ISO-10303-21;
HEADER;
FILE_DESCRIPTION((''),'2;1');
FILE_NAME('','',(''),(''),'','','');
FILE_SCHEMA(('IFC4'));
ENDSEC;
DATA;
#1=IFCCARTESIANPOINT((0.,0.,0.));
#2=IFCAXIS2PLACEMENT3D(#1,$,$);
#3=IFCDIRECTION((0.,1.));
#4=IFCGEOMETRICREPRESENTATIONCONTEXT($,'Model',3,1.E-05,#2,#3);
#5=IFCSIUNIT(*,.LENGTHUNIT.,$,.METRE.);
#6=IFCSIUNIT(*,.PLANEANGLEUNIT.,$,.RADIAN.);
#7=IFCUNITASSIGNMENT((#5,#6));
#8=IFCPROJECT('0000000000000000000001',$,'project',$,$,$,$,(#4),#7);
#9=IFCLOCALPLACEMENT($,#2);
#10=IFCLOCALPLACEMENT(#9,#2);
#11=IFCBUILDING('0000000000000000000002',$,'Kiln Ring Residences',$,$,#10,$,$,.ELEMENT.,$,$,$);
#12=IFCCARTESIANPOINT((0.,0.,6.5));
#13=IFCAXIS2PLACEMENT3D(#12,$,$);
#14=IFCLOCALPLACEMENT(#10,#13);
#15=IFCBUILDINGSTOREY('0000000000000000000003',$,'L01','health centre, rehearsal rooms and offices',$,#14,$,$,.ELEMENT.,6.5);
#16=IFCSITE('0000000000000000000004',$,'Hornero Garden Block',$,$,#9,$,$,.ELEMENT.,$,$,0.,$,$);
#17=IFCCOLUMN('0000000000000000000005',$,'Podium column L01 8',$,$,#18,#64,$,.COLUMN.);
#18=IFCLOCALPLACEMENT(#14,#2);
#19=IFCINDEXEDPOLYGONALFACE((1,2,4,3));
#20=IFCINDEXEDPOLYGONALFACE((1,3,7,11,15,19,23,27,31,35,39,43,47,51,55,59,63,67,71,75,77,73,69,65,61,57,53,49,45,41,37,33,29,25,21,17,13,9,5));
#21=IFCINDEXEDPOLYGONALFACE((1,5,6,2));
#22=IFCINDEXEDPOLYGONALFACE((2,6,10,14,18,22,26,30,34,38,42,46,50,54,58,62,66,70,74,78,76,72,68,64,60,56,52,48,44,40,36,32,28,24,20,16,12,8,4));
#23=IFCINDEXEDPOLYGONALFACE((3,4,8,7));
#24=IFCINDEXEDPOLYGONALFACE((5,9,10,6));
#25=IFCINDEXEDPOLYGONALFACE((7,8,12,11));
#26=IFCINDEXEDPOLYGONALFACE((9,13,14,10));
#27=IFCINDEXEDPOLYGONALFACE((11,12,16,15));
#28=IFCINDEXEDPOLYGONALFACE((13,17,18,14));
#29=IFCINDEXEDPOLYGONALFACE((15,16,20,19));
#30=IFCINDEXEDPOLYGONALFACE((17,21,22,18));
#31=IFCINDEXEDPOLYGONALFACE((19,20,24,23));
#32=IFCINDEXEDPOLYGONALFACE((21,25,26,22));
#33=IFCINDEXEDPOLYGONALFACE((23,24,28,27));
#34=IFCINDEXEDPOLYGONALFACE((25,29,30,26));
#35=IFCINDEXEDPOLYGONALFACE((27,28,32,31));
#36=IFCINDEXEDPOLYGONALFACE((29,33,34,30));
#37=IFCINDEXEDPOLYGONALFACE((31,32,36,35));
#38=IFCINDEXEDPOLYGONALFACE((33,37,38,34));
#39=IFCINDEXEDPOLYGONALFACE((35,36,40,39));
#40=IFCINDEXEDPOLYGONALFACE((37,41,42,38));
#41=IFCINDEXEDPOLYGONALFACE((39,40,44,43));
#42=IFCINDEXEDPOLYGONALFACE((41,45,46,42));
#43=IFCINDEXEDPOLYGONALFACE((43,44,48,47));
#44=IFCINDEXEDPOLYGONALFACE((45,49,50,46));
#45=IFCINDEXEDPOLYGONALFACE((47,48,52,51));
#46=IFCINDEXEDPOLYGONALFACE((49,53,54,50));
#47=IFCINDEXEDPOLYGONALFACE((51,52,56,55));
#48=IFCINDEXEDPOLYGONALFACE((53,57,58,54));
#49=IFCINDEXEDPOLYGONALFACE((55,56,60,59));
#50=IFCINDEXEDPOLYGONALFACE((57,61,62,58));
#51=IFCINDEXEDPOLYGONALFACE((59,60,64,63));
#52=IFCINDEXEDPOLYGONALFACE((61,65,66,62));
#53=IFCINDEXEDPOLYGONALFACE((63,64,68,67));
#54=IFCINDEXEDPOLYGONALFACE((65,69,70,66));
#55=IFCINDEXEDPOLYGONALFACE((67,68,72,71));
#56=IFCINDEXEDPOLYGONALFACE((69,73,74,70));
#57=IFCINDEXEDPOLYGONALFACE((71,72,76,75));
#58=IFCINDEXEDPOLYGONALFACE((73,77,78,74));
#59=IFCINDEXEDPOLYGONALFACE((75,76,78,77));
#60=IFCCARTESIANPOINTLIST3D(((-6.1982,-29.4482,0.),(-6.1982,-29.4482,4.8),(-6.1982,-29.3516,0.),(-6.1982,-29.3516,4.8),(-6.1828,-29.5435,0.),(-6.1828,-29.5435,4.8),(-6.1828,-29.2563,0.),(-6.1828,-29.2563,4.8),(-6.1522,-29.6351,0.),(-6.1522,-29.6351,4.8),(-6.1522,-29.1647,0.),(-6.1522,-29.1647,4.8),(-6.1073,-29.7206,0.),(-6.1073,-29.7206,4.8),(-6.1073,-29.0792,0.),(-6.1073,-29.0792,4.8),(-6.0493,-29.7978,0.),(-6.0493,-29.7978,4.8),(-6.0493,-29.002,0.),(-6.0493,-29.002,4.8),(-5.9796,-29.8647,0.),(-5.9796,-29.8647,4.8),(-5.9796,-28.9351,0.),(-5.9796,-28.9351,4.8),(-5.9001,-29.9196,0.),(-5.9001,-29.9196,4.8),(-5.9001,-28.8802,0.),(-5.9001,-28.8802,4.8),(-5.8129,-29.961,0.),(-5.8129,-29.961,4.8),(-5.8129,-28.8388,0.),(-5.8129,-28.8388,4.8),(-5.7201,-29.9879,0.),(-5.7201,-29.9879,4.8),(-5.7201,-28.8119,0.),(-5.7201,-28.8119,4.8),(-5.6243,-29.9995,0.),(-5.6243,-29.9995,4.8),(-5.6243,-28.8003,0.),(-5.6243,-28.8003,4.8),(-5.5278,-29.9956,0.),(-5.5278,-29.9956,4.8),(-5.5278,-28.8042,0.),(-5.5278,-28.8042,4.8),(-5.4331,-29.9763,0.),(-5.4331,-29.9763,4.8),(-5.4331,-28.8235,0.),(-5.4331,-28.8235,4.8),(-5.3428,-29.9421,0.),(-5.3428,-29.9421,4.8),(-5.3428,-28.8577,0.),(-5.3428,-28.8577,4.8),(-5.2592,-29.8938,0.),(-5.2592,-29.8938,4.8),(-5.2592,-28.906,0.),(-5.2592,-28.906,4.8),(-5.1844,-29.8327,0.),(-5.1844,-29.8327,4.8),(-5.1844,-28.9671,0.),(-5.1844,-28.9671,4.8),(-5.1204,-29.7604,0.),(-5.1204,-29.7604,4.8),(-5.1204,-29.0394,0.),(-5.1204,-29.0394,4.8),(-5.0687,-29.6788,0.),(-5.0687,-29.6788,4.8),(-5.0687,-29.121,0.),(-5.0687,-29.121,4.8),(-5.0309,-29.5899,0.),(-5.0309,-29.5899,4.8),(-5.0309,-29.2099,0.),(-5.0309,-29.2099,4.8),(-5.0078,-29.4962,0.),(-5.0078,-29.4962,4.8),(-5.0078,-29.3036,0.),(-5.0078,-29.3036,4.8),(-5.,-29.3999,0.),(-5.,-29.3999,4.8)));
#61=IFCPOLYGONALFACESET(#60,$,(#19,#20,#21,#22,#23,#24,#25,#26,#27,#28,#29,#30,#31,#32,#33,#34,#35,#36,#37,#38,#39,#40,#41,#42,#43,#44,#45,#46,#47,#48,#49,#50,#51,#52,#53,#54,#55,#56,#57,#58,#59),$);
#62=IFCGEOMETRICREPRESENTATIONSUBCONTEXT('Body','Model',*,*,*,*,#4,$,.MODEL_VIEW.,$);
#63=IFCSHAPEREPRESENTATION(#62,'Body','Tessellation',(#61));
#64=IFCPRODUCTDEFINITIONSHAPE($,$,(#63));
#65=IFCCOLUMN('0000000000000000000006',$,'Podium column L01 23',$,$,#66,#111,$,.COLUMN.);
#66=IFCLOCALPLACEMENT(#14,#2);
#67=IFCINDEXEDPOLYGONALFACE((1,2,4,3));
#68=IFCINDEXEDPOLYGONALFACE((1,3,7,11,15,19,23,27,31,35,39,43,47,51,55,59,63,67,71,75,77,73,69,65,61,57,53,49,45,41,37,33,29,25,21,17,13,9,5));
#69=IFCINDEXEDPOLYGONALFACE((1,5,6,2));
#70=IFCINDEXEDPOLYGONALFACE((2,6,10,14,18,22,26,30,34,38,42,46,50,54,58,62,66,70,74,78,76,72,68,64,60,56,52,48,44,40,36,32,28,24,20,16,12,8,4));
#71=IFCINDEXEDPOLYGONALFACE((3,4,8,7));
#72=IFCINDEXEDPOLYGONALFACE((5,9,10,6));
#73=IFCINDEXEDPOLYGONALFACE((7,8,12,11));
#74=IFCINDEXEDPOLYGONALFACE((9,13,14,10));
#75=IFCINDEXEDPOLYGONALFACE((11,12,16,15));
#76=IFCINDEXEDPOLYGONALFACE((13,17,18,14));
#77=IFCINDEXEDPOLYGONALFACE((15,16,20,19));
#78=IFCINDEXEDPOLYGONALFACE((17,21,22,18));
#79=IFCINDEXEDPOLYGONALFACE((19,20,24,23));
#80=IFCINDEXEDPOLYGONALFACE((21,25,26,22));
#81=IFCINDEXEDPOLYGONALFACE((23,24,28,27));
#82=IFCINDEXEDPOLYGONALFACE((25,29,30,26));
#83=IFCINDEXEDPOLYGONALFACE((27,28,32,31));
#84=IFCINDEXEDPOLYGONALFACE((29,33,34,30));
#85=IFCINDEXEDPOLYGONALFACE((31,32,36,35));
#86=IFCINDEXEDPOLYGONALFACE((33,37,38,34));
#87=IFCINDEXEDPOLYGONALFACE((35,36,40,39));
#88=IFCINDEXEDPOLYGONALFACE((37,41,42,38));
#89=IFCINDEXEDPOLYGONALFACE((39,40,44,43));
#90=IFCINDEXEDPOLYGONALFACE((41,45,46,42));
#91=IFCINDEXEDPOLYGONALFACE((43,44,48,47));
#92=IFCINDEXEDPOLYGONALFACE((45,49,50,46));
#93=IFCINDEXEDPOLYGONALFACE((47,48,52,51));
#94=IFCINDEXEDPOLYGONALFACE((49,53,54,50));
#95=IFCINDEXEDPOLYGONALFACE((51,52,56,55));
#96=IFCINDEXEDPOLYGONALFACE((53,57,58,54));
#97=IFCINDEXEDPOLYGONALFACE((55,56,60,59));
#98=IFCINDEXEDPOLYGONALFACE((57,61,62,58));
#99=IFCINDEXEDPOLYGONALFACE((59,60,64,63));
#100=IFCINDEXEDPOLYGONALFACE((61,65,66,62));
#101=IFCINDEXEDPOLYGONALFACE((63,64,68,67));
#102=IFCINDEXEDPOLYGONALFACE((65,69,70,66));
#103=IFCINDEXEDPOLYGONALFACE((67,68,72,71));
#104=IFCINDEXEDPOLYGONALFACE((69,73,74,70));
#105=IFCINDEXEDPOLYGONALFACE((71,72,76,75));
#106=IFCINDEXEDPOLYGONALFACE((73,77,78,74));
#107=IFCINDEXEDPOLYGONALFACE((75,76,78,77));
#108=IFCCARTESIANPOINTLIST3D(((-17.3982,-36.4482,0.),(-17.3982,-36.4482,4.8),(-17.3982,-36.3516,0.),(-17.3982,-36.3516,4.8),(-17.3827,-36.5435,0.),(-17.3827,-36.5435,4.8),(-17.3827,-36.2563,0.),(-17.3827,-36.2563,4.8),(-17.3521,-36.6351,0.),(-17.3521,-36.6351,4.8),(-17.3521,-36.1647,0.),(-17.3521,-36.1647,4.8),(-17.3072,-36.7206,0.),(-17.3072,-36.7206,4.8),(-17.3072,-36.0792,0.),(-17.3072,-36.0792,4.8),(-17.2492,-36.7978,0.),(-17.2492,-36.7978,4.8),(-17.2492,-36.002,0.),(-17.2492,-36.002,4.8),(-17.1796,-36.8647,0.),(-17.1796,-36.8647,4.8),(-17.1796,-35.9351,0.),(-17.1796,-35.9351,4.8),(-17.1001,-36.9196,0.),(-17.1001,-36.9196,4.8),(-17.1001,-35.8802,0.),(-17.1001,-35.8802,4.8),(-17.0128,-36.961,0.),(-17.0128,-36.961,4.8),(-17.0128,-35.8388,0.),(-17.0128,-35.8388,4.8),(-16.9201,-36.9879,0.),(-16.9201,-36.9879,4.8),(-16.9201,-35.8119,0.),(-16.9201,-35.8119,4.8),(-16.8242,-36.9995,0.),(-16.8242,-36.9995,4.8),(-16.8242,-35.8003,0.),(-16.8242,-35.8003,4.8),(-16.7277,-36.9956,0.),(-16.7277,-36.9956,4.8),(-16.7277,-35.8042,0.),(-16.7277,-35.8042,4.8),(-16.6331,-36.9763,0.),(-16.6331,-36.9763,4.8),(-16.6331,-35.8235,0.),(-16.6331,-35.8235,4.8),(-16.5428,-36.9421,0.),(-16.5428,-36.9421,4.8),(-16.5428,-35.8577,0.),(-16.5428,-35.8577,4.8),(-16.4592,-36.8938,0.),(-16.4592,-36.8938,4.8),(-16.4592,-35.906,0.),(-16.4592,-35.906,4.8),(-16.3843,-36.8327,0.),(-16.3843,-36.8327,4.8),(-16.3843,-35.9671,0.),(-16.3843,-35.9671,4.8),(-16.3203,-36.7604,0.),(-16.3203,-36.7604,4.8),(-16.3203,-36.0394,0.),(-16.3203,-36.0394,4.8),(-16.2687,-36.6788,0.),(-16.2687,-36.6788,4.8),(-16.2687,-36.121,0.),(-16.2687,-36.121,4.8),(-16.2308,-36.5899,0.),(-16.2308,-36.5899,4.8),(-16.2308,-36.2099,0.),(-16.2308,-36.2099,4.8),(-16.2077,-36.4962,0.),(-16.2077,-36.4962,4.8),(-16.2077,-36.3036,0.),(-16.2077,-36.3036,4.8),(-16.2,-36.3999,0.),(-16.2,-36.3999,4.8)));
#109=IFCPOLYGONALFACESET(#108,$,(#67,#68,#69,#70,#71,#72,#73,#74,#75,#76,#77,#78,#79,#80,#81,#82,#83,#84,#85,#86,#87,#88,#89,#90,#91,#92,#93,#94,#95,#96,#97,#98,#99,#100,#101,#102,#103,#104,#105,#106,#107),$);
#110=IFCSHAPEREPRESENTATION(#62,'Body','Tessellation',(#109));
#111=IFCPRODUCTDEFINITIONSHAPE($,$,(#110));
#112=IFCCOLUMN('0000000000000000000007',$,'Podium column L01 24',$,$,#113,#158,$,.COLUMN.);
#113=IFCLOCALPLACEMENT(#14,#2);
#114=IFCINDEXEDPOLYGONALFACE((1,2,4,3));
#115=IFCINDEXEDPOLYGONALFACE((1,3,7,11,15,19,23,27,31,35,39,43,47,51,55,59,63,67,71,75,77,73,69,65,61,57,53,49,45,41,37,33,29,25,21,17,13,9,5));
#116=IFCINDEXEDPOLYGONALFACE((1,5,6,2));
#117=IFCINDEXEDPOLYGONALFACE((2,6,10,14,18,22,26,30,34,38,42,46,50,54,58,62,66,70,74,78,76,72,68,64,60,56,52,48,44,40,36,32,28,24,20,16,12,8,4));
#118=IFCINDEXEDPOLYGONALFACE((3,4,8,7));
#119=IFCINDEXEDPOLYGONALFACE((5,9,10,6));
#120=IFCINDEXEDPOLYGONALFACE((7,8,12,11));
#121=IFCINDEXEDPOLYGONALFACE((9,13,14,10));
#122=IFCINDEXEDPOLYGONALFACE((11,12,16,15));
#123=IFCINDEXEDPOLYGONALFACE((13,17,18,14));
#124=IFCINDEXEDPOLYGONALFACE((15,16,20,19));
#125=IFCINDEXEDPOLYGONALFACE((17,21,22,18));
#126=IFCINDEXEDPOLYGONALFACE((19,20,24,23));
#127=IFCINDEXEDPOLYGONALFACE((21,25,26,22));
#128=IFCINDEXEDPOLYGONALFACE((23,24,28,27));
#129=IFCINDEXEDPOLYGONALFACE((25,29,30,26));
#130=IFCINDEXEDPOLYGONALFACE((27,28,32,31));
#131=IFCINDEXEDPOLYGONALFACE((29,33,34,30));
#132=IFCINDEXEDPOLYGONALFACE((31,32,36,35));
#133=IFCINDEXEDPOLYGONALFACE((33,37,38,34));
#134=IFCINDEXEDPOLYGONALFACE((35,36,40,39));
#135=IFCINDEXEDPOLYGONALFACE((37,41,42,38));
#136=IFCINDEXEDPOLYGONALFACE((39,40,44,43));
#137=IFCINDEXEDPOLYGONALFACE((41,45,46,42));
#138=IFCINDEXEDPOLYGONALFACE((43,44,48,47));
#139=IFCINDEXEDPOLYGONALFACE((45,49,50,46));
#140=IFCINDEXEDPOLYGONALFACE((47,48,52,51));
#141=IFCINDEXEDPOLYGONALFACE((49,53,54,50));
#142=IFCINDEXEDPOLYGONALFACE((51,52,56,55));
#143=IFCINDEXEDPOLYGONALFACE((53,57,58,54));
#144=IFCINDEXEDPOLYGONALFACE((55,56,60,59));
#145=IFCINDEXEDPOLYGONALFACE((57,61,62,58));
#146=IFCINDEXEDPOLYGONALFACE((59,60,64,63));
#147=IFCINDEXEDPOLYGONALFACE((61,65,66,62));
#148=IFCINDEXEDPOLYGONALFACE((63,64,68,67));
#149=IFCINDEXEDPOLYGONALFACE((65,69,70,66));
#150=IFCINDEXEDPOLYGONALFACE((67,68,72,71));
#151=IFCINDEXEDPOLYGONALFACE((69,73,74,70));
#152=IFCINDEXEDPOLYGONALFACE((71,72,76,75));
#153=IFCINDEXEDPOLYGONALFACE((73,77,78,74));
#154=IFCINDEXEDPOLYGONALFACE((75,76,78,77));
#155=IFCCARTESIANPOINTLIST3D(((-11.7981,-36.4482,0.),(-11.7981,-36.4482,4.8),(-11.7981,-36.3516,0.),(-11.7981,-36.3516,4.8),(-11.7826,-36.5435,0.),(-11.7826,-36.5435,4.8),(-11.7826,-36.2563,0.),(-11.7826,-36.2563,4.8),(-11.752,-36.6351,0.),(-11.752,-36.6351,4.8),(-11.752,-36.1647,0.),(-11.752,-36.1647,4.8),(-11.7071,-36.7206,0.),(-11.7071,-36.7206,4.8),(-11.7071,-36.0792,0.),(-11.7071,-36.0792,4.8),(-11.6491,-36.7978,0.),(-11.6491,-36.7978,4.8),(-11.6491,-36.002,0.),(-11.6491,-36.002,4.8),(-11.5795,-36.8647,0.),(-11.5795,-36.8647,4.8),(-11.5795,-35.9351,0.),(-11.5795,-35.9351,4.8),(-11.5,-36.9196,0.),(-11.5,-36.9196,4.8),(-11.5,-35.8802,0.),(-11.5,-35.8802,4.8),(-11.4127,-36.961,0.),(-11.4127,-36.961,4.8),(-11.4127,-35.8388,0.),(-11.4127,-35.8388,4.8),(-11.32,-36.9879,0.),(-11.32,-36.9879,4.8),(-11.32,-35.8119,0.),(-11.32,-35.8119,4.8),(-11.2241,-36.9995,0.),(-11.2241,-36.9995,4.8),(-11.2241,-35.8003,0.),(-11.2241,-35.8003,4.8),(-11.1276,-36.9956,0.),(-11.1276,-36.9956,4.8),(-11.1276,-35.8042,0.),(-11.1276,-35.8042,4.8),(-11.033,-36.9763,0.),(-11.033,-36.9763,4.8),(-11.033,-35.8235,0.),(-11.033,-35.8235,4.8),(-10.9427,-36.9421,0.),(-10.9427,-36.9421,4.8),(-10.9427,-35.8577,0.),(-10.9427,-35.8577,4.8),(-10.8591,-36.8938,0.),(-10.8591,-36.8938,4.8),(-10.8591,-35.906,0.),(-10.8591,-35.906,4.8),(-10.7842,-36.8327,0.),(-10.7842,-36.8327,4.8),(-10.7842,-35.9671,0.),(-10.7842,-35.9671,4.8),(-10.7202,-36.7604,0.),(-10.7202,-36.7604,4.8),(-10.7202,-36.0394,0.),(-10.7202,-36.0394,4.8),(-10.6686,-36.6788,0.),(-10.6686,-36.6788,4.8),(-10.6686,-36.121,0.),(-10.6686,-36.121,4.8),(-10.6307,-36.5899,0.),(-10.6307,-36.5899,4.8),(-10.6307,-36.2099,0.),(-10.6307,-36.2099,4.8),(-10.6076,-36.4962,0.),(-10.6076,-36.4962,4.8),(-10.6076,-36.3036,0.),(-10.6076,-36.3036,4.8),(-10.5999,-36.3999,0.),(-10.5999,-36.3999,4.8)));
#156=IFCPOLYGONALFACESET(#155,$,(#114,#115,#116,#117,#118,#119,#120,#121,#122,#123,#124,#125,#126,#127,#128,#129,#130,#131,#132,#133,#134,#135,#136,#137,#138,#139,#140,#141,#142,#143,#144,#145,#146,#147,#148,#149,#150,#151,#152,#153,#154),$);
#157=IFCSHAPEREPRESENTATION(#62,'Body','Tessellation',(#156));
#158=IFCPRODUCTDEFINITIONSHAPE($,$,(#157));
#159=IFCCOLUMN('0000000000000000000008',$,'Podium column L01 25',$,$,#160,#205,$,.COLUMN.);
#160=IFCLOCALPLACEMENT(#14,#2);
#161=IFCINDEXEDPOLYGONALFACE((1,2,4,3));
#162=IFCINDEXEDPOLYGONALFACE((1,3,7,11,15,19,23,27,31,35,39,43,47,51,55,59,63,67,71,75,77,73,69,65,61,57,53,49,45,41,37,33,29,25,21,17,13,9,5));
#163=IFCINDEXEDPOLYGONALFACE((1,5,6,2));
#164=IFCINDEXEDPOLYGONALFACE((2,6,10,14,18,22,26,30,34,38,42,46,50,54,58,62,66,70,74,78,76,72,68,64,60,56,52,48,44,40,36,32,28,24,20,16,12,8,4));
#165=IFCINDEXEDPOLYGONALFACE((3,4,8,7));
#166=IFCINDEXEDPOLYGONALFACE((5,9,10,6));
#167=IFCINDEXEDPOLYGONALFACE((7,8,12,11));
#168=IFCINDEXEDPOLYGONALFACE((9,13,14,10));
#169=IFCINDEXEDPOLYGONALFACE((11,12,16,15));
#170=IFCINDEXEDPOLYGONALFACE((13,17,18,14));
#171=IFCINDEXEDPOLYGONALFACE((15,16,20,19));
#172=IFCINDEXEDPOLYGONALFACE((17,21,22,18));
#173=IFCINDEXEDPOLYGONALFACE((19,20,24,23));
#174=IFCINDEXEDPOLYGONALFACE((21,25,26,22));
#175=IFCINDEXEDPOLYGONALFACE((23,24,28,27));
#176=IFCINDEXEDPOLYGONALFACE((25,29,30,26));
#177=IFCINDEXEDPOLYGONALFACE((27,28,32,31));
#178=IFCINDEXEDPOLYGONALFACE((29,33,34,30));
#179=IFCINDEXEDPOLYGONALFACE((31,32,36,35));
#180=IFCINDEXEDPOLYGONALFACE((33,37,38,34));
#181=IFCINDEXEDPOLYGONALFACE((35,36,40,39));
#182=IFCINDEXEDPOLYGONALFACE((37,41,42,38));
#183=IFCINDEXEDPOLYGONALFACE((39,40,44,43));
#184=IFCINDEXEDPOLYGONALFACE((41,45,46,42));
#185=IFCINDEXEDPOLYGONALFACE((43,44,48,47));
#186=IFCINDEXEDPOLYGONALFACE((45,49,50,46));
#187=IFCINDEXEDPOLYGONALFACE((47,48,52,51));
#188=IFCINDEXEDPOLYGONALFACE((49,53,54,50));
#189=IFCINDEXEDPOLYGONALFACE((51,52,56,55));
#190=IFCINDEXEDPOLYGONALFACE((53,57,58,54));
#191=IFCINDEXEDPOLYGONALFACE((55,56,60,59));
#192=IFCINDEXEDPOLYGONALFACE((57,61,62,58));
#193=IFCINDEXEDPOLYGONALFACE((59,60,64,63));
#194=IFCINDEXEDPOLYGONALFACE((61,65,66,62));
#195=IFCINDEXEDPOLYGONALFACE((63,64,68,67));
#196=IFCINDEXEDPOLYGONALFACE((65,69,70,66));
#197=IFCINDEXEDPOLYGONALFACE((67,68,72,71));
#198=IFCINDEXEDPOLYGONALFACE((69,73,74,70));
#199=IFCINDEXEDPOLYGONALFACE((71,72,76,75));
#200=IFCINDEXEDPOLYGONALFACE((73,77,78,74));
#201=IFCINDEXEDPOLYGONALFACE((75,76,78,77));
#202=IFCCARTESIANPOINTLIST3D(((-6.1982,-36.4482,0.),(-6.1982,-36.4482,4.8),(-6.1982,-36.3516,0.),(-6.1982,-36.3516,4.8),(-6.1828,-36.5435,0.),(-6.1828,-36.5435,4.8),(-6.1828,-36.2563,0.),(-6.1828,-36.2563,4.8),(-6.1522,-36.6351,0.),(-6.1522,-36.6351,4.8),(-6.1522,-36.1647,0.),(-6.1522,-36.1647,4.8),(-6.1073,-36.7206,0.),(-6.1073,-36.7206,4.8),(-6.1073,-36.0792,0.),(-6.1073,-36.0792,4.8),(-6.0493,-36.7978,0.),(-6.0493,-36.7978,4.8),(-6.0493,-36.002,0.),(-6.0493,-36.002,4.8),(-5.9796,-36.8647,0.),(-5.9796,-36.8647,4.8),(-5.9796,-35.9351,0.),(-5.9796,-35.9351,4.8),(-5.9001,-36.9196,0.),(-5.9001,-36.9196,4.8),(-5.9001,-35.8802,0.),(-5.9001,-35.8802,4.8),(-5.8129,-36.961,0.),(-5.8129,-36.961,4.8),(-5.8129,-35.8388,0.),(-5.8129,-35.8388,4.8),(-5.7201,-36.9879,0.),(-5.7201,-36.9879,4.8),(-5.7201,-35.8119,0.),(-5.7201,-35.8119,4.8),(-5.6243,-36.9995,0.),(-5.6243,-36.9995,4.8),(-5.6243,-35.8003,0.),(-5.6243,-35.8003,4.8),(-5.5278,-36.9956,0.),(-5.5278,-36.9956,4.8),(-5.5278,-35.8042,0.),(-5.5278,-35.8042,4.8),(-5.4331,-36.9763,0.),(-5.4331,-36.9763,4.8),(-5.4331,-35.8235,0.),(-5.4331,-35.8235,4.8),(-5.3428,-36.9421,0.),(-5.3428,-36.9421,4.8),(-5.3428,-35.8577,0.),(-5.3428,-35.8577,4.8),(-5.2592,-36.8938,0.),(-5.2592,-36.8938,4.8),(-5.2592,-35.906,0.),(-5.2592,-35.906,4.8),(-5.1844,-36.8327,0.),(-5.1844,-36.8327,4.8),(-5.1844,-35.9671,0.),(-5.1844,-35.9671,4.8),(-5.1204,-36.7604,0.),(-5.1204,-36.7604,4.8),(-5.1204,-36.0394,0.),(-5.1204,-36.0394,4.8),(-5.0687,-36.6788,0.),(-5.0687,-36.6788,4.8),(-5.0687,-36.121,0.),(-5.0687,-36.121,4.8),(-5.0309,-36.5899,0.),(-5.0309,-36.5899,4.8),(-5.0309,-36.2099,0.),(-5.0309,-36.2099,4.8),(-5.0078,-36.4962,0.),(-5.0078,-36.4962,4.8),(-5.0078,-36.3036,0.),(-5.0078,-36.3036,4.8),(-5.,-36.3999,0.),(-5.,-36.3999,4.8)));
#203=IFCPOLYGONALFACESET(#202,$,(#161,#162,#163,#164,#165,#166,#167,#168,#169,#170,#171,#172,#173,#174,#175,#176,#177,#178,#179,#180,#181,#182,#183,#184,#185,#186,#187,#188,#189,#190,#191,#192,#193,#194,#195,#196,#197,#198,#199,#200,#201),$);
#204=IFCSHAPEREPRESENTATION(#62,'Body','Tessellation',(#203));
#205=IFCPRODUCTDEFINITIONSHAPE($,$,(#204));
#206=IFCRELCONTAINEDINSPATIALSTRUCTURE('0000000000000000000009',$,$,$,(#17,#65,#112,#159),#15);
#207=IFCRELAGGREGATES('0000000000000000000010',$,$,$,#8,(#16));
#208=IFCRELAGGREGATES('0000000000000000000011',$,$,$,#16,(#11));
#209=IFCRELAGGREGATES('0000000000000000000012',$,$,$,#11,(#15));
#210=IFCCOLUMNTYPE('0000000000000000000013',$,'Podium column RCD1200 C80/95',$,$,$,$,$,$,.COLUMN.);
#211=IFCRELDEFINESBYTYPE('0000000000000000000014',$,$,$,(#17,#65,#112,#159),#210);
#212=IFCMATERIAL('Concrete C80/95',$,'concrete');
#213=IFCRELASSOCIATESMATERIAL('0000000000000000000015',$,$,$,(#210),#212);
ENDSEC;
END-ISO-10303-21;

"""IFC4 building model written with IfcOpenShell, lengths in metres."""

from ifc_helpers import new_model, si_unit, direction, frame, origin, origin_2d, place, context, subcontext, project, spatial, circle, extrude, material, material_profile, profile_set, type_object, element, save


model = new_model("IFC4")

# Units and contexts
model_context = context("Model", 3, precision=1e-05, world=origin(), true_north=direction((0.0, 1.0)))
body_context = subcontext(model_context, "Body", "Model", "MODEL_VIEW")
ifc_project = project(units=[si_unit("LENGTHUNIT", "METRE"), si_unit("PLANEANGLEUNIT", "RADIAN")], contexts=[model_context])

# Site, building, storey
site_placement = place(None, origin())
site = spatial("IfcSite", under=ifc_project, at=site_placement, Name="Hornero Garden Block", CompositionType="ELEMENT", RefElevation=0.0)
building_placement = place(site_placement, origin())
building = spatial("IfcBuilding", under=site, at=building_placement, Name="Kiln Ring Residences", CompositionType="ELEMENT")
storey_placement = place(building_placement, frame((0.0, 0.0, 6.5)))
storey = spatial("IfcBuildingStorey", under=building, at=storey_placement, Name="L01", Description="health centre, rehearsal rooms and offices", CompositionType="ELEMENT", Elevation=6.5)

# Columns
ifc_material_1 = material(Name="Concrete C80/95", Category="concrete")
ifc_material_profile = material_profile(ifc_material_1, circle(Radius=0.6001, at=origin_2d()), Name="RCD1200")
ifc_profile_set = profile_set([ifc_material_profile], Name="Concrete C80/95")
column_type = type_object("IfcColumnType", Name="Podium column RCD1200 C80/95", PredefinedType="COLUMN", material=ifc_profile_set)
for number, where, z_axis, x_axis, name in (
    (1, (-5.6001, -29.3999, 0.0), (0.0, 0.0, 1.0), (1.0, 0.0, 0.0), "Podium column L01 8"),
    (2, (-16.8, -36.3999, 0.0), (0.0, 0.0, 1.0), (1.0, 0.0, 0.0), "Podium column L01 23"),
    (3, (-11.2, -36.3999, 0.0), (0.0, 0.0, 1.0), (1.0, 0.0, 0.0), "Podium column L01 24"),
    (4, (-5.6001, -36.3999, 0.0), (0.0, 0.0, 1.0), (1.0, 0.0, 0.0), "Podium column L01 25"),
):
    element("IfcColumn", number, at=place(storey_placement, frame(where, z_axis=z_axis, x_axis=x_axis)), inside=storey, type_object=column_type, Name=name, PredefinedType="COLUMN", context=body_context, shape_type="SweptSolid", body=[
        extrude(circle(Radius=0.6001, at=origin_2d()), origin(), (0.0, 0.0, 1.0), 4.8),
    ])

save(model, "model.ifc")
